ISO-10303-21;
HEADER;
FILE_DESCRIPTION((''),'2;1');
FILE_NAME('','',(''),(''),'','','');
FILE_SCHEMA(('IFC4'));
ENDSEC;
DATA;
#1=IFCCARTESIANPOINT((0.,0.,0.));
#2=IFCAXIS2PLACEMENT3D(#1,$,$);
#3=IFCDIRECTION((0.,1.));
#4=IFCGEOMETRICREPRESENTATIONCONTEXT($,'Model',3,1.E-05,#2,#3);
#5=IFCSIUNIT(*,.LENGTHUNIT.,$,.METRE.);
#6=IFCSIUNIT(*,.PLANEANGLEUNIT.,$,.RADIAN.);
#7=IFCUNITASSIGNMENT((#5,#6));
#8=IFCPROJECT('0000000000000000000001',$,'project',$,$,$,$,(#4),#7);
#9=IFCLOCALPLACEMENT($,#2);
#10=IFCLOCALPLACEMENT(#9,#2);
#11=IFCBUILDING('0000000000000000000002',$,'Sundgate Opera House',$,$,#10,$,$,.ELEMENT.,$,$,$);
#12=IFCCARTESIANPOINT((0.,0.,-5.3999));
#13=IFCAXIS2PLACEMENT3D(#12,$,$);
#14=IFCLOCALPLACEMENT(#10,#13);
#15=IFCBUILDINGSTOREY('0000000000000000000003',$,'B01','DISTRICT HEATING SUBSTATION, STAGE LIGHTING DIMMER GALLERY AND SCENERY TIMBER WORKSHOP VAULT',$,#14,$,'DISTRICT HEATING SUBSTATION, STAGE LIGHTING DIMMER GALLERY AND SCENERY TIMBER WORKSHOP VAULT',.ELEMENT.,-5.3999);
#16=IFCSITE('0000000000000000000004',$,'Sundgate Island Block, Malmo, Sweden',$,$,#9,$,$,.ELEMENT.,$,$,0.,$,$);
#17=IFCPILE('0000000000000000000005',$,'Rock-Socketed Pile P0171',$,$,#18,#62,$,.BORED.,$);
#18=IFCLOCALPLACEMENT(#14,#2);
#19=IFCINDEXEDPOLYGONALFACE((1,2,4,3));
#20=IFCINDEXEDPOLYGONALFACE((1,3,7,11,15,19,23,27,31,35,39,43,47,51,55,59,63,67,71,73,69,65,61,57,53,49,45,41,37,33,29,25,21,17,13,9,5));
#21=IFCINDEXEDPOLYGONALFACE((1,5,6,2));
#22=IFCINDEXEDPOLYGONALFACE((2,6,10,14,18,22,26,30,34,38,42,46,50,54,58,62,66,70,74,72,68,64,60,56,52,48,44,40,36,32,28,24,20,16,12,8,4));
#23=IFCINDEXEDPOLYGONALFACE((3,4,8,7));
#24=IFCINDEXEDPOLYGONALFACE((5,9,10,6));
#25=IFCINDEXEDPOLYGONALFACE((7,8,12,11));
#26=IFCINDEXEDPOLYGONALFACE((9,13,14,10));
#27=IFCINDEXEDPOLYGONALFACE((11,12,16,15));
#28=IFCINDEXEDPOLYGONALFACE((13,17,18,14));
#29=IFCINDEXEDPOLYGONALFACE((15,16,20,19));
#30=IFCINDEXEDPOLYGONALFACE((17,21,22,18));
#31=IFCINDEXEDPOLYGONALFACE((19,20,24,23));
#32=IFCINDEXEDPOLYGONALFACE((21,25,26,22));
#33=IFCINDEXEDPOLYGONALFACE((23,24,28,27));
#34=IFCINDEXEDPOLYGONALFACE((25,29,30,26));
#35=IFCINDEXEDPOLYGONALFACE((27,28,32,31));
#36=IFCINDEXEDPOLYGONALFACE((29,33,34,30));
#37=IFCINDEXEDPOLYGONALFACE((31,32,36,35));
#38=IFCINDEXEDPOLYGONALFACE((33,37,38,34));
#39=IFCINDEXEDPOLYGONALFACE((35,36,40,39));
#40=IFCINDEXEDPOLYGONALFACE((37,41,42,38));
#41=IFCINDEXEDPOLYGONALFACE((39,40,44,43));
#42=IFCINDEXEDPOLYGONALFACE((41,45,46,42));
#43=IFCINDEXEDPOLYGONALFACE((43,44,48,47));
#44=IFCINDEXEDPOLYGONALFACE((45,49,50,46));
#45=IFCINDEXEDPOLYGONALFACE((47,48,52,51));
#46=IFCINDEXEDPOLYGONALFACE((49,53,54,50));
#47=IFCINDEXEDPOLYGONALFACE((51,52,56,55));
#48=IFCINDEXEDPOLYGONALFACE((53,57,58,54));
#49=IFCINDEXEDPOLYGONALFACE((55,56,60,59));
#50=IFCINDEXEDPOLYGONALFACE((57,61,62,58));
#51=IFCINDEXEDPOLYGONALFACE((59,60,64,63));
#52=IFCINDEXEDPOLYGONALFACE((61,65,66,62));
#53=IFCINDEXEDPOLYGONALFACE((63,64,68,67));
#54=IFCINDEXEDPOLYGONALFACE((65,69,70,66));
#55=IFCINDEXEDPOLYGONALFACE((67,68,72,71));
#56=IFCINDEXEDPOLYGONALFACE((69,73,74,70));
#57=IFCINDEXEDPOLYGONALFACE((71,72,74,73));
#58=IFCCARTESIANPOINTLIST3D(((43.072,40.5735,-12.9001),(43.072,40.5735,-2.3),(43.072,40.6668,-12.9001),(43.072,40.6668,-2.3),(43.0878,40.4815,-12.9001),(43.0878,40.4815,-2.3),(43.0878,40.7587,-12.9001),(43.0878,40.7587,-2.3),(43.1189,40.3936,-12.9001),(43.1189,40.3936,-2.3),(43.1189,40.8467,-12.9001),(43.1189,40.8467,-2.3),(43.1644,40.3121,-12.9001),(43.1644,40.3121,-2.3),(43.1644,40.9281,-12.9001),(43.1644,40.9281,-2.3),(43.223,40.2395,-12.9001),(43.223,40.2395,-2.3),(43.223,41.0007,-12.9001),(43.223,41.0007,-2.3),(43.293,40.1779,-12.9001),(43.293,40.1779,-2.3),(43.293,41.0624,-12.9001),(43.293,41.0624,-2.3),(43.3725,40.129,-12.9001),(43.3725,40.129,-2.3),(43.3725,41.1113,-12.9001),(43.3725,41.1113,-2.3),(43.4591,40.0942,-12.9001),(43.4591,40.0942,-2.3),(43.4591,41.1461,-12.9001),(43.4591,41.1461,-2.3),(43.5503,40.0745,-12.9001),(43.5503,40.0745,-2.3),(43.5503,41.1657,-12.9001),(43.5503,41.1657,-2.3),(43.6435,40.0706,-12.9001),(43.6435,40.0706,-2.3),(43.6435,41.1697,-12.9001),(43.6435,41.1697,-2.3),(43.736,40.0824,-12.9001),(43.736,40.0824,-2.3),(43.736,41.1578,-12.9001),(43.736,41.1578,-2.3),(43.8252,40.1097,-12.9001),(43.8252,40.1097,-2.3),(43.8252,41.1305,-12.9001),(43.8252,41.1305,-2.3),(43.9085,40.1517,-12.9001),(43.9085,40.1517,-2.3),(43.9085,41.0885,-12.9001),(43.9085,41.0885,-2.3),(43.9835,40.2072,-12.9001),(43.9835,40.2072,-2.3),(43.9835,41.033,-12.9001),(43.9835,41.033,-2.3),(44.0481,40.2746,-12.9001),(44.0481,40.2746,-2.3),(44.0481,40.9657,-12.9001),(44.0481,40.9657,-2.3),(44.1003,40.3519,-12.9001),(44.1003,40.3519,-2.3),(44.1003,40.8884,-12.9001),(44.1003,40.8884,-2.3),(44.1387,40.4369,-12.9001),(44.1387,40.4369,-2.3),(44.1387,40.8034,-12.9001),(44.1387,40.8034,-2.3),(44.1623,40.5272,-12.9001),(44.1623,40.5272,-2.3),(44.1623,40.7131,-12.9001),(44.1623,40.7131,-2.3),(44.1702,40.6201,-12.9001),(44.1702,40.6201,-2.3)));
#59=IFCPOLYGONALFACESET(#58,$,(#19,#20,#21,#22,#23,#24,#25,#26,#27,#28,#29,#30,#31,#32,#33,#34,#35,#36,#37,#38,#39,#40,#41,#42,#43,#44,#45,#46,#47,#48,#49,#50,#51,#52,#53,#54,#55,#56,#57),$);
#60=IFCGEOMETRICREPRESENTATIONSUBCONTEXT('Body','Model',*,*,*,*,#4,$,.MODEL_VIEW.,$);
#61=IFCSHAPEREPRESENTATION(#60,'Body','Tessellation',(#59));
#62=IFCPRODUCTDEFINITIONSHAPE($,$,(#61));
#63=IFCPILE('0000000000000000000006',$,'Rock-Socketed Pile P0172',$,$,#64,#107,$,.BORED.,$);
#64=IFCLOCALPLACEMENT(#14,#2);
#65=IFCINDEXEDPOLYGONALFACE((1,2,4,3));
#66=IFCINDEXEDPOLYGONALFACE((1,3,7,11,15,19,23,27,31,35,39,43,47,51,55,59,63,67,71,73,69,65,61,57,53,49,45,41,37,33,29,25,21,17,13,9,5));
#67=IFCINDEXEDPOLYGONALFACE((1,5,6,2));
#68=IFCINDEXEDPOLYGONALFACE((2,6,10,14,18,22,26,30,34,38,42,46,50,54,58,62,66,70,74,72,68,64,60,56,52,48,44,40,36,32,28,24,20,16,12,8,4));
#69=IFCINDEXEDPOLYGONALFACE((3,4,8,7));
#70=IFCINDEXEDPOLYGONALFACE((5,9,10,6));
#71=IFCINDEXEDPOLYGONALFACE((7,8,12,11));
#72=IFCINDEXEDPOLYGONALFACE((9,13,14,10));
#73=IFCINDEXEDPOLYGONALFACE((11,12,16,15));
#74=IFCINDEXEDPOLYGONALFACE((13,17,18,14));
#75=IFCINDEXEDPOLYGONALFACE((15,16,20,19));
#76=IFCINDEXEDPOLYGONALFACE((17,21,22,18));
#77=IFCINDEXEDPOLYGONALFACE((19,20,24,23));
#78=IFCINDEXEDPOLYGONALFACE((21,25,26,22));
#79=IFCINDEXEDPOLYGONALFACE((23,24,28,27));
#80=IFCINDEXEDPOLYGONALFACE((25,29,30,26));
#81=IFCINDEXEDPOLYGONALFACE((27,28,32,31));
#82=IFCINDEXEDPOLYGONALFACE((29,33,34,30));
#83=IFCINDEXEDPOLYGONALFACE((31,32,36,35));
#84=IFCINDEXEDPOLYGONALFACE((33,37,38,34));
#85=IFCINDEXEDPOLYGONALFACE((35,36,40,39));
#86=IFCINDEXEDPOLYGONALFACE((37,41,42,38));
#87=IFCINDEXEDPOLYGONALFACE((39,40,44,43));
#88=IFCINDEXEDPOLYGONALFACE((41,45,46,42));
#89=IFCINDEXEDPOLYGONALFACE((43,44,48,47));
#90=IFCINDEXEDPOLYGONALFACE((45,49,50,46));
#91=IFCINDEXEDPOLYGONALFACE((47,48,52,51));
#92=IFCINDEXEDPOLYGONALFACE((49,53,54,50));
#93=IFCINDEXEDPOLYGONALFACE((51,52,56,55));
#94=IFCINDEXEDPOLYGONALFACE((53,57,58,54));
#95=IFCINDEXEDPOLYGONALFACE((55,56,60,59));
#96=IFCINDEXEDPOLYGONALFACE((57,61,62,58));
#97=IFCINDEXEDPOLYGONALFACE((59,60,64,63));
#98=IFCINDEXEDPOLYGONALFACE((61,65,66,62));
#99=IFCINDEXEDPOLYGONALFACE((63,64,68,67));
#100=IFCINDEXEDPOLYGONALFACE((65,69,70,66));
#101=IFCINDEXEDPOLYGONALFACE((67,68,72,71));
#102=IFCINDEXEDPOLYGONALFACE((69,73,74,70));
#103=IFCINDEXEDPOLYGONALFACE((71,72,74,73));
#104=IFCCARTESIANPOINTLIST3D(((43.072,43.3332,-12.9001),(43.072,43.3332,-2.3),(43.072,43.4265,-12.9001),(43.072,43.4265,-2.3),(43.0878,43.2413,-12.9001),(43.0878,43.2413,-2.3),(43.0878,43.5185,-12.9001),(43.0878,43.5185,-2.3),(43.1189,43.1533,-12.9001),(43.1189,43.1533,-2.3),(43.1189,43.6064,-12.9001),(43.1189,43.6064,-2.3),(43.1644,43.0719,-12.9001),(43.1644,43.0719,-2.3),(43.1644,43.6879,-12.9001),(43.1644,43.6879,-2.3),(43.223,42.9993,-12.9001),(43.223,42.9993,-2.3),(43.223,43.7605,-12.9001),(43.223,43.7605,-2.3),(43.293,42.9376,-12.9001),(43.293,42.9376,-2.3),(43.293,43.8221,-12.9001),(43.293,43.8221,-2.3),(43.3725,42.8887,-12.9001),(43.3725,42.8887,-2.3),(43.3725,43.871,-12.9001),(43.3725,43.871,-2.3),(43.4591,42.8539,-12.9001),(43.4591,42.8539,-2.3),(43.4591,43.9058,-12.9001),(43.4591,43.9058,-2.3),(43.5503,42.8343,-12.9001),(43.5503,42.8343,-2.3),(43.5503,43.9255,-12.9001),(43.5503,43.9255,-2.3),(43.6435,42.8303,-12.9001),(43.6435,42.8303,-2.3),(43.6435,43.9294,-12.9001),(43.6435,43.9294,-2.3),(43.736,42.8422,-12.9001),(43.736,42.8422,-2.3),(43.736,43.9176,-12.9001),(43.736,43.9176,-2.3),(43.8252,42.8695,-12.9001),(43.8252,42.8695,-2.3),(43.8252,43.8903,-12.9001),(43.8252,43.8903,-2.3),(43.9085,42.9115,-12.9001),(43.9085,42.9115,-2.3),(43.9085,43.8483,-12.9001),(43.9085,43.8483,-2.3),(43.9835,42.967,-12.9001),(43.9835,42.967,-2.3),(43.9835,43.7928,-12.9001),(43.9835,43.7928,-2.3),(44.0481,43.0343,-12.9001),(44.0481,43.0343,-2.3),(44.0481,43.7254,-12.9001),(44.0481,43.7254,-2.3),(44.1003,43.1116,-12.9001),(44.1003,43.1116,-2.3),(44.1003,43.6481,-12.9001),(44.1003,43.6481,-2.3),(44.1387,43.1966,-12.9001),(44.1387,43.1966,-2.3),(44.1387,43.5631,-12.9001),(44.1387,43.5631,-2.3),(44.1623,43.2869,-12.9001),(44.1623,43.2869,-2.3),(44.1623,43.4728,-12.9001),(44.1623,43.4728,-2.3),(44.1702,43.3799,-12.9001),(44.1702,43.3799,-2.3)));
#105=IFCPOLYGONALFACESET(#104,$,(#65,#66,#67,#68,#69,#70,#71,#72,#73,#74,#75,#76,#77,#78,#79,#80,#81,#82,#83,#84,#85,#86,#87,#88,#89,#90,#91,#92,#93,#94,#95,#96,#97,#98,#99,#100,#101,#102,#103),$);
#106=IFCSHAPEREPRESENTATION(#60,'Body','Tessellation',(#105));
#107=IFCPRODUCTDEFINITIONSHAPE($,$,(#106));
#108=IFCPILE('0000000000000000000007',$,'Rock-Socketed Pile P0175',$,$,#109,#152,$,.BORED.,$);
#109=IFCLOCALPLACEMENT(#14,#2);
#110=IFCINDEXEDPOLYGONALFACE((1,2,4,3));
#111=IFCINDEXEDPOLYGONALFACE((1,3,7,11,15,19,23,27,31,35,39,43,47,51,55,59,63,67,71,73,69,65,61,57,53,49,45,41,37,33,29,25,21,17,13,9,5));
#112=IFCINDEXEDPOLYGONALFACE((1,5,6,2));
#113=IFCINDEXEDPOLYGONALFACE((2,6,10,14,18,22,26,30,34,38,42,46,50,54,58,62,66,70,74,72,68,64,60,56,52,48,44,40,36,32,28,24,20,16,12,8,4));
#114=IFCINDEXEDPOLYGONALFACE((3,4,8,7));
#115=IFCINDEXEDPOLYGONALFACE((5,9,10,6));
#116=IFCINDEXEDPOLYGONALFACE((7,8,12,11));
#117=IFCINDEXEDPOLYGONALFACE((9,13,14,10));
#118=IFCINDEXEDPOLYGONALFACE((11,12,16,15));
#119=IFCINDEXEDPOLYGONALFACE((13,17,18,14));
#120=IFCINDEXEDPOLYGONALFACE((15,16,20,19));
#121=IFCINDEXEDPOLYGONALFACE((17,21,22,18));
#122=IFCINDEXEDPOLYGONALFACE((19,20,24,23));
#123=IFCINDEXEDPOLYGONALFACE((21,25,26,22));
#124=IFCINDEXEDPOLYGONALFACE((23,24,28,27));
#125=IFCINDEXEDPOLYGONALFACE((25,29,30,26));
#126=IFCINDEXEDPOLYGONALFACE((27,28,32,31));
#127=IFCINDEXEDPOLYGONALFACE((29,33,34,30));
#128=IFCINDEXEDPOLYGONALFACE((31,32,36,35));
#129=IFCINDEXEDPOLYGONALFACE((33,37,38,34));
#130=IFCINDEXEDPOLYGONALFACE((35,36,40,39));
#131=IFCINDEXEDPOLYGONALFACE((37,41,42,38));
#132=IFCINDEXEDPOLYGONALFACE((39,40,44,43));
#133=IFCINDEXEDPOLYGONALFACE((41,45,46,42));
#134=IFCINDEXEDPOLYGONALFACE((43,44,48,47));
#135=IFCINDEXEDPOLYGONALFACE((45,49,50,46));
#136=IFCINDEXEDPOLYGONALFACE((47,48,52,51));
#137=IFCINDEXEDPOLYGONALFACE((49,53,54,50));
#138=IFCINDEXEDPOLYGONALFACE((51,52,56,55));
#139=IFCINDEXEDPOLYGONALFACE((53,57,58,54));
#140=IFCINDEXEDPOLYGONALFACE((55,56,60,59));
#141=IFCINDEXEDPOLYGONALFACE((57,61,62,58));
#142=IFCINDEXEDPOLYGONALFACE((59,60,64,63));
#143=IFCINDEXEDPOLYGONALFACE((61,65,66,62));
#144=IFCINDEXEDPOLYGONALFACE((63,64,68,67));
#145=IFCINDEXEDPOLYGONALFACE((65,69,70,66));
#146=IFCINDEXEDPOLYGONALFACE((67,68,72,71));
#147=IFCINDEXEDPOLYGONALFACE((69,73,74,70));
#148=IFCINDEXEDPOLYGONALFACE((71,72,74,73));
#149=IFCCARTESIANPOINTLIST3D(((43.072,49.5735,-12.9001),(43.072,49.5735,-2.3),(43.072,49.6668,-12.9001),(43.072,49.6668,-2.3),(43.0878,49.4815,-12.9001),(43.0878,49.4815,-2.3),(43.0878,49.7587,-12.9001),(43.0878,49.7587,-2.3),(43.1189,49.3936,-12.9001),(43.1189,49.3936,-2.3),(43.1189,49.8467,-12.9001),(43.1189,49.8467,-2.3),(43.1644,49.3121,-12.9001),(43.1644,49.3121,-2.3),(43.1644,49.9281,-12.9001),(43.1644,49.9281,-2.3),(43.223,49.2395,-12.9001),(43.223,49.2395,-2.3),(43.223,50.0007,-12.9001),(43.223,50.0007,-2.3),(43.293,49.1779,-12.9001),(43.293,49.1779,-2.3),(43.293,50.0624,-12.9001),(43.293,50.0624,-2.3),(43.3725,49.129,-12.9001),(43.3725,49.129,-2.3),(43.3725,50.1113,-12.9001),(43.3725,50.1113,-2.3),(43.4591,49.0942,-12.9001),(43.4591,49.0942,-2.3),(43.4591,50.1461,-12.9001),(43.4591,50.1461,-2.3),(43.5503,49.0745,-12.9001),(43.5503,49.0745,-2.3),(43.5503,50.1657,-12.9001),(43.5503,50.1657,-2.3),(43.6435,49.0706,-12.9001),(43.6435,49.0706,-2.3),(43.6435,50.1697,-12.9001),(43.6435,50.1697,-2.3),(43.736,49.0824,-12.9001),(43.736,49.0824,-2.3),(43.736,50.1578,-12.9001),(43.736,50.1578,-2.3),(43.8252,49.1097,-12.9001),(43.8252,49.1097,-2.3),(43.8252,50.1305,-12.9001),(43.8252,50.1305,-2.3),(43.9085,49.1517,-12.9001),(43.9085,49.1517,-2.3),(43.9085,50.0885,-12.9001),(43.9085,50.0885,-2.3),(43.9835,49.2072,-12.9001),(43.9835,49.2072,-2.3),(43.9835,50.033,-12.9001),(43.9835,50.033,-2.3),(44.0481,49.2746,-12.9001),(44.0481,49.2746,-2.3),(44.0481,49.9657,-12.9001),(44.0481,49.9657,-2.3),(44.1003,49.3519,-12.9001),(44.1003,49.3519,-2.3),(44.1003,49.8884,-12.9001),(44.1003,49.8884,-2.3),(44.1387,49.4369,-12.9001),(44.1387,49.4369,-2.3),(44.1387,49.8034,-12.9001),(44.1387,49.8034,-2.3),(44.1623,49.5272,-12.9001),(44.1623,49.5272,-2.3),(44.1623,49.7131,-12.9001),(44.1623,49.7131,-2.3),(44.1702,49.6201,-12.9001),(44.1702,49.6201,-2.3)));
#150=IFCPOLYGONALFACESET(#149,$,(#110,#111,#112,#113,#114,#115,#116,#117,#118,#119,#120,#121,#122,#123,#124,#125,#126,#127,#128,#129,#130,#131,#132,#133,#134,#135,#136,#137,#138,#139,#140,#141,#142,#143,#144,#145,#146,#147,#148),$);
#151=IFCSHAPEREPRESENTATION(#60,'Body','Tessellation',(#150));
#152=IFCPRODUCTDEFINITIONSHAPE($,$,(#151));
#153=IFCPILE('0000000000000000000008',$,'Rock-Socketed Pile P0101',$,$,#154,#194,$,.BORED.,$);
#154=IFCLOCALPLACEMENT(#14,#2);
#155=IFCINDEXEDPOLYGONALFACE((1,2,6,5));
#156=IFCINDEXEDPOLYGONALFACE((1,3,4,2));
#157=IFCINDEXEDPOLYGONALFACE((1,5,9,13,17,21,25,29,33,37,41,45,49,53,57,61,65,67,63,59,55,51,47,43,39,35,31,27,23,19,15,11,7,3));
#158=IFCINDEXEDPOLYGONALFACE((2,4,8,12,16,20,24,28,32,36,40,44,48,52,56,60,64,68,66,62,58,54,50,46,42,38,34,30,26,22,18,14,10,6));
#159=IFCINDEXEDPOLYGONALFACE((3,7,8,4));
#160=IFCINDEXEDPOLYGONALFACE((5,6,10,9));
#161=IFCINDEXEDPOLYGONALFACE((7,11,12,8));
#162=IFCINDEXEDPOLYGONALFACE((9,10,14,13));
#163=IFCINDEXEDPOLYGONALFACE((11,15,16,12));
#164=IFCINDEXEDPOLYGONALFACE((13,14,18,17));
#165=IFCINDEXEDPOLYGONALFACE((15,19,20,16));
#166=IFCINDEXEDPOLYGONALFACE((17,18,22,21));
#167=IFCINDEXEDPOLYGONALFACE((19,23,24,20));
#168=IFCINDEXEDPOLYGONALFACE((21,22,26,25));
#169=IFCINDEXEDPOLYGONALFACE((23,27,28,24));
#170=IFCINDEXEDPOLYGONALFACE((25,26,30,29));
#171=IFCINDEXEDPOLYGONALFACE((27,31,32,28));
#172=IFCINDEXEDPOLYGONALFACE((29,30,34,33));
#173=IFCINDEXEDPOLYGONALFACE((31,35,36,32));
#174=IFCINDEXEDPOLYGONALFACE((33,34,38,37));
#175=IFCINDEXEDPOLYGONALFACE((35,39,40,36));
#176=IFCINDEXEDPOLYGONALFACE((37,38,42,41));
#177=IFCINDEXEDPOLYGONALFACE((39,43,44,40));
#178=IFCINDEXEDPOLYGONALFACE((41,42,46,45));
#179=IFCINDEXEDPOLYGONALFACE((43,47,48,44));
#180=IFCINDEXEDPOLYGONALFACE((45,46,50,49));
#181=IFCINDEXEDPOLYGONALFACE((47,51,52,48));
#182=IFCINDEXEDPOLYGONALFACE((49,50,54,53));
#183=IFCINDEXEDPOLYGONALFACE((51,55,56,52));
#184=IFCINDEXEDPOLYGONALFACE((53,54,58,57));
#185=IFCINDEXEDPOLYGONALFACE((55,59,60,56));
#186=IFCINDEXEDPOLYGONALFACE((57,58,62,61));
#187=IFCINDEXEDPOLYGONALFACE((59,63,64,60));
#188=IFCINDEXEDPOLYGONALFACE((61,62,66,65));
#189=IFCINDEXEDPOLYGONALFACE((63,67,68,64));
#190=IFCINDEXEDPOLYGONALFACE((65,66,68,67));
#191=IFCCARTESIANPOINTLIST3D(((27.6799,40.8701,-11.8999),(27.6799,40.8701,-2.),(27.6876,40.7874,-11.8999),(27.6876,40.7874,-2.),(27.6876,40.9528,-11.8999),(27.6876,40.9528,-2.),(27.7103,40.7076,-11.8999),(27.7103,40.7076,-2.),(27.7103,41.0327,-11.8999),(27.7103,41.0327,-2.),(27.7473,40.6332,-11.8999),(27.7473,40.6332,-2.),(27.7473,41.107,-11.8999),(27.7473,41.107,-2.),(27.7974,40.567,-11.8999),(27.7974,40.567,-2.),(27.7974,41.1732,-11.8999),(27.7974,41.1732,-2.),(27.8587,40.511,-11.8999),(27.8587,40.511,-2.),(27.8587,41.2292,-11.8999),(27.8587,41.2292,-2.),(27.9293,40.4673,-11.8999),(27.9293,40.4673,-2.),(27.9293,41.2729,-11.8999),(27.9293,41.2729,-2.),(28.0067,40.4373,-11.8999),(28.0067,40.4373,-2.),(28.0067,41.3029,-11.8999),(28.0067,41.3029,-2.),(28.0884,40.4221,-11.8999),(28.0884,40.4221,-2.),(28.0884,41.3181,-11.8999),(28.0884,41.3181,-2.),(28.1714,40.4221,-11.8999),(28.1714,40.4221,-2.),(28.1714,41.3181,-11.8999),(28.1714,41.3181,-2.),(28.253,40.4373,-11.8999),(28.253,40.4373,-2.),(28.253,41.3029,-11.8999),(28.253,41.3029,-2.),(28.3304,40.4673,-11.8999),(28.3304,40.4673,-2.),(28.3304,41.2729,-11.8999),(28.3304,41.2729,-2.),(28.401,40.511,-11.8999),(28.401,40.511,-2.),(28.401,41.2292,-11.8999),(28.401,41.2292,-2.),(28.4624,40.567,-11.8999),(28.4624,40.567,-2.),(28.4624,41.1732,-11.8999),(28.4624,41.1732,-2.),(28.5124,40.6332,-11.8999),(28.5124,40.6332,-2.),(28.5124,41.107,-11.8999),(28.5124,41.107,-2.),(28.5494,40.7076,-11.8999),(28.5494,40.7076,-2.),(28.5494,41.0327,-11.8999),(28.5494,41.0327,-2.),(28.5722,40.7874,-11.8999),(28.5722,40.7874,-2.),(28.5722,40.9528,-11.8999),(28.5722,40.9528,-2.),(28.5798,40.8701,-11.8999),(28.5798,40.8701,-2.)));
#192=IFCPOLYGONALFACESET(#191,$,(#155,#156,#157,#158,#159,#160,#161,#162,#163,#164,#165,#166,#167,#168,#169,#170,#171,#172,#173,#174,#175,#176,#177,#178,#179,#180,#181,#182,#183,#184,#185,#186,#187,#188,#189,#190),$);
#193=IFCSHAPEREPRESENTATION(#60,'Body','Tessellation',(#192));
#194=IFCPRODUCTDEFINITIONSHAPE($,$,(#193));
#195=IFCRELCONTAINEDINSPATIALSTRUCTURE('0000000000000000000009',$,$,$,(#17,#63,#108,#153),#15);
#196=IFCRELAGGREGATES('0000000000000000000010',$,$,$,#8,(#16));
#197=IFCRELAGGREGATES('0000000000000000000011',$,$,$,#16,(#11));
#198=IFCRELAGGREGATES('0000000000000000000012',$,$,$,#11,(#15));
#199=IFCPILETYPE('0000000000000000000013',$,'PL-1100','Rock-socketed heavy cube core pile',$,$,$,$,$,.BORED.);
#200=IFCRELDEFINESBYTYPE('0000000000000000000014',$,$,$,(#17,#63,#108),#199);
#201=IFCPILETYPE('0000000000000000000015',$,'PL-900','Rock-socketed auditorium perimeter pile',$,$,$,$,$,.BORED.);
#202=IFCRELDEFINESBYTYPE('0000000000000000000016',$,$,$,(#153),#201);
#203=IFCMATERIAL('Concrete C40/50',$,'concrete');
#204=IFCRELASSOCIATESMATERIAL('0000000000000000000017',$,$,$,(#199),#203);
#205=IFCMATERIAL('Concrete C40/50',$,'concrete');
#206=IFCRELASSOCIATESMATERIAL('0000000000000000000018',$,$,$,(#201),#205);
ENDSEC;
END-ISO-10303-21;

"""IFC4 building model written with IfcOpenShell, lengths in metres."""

from ifc_helpers import new_model, si_unit, direction, frame, origin, origin_2d, place, context, subcontext, project, spatial, circle, extrude, material, material_profile, profile_set, type_object, element, save


model = new_model("IFC4")

# Units and contexts
model_context = context("Model", 3, precision=1e-05, world=origin(), true_north=direction((0.0, 1.0)))
body_context = subcontext(model_context, "Body", "Model", "MODEL_VIEW")
ifc_project = project(units=[si_unit("LENGTHUNIT", "METRE"), si_unit("PLANEANGLEUNIT", "RADIAN")], contexts=[model_context])

# Site, building, storey
site_placement = place(None, origin())
site = spatial("IfcSite", under=ifc_project, at=site_placement, Name="Sundgate Island Block, Malmo, Sweden", CompositionType="ELEMENT", RefElevation=0.0)
building_placement = place(site_placement, origin())
building = spatial("IfcBuilding", under=site, at=building_placement, Name="Sundgate Opera House", CompositionType="ELEMENT")
storey_placement = place(building_placement, frame((0.0, 0.0, -5.3999)))
storey = spatial("IfcBuildingStorey", under=building, at=storey_placement, Name="B01", Description="DISTRICT HEATING SUBSTATION, STAGE LIGHTING DIMMER GALLERY AND SCENERY TIMBER WORKSHOP VAULT", LongName="DISTRICT HEATING SUBSTATION, STAGE LIGHTING DIMMER GALLERY AND SCENERY TIMBER WORKSHOP VAULT", CompositionType="ELEMENT", Elevation=-5.3999)

# Piles
ifc_material_1 = material(Name="Concrete C40/50", Category="concrete")
ifc_material_profile_1 = material_profile(ifc_material_1, circle(Radius=0.55, at=origin_2d()), Name="PILE D1100")
ifc_profile_set_1 = profile_set([ifc_material_profile_1], Name="Concrete C40/50")
pile_type_1 = type_object("IfcPileType", Name="PL-1100", Description="Rock-socketed heavy cube core pile", PredefinedType="BORED", material=ifc_profile_set_1)
for number, where, z_axis, x_axis, name in (
    (1, (43.6201, 40.6201, -2.3), (0.0, 0.0, -1.0), (1.0, 0.0, 0.0), "Rock-Socketed Pile P0171"),
    (2, (43.6201, 43.3799, -2.3), (0.0, 0.0, -1.0), (1.0, 0.0, 0.0), "Rock-Socketed Pile P0172"),
    (3, (43.6201, 49.6201, -2.3), (0.0, 0.0, -1.0), (1.0, 0.0, 0.0), "Rock-Socketed Pile P0175"),
):
    element("IfcPile", number, at=place(storey_placement, frame(where, z_axis=z_axis, x_axis=x_axis)), inside=storey, type_object=pile_type_1, Name=name, PredefinedType="BORED", context=body_context, shape_type="SweptSolid", body=[
        extrude(circle(Radius=0.55, at=origin_2d()), origin(), (0.0, 0.0, 1.0), 10.6001),
    ])
ifc_material_2 = material(Name="Concrete C40/50", Category="concrete")
ifc_material_profile_2 = material_profile(ifc_material_2, circle(Radius=0.45, at=origin_2d()), Name="PILE D900")
ifc_profile_set_2 = profile_set([ifc_material_profile_2], Name="Concrete C40/50")
pile_type_2 = type_object("IfcPileType", Name="PL-900", Description="Rock-socketed auditorium perimeter pile", PredefinedType="BORED", material=ifc_profile_set_2)
for number, where, z_axis, x_axis, name in (
    (4, (28.1299, 40.8701, -2.0), (0.0, 0.0, -1.0), (1.0, 0.0, 0.0), "Rock-Socketed Pile P0101"),
):
    element("IfcPile", number, at=place(storey_placement, frame(where, z_axis=z_axis, x_axis=x_axis)), inside=storey, type_object=pile_type_2, Name=name, PredefinedType="BORED", context=body_context, shape_type="SweptSolid", body=[
        extrude(circle(Radius=0.45, at=origin_2d()), origin(), (0.0, 0.0, 1.0), 9.8999),
    ])

save(model, "model.ifc")
